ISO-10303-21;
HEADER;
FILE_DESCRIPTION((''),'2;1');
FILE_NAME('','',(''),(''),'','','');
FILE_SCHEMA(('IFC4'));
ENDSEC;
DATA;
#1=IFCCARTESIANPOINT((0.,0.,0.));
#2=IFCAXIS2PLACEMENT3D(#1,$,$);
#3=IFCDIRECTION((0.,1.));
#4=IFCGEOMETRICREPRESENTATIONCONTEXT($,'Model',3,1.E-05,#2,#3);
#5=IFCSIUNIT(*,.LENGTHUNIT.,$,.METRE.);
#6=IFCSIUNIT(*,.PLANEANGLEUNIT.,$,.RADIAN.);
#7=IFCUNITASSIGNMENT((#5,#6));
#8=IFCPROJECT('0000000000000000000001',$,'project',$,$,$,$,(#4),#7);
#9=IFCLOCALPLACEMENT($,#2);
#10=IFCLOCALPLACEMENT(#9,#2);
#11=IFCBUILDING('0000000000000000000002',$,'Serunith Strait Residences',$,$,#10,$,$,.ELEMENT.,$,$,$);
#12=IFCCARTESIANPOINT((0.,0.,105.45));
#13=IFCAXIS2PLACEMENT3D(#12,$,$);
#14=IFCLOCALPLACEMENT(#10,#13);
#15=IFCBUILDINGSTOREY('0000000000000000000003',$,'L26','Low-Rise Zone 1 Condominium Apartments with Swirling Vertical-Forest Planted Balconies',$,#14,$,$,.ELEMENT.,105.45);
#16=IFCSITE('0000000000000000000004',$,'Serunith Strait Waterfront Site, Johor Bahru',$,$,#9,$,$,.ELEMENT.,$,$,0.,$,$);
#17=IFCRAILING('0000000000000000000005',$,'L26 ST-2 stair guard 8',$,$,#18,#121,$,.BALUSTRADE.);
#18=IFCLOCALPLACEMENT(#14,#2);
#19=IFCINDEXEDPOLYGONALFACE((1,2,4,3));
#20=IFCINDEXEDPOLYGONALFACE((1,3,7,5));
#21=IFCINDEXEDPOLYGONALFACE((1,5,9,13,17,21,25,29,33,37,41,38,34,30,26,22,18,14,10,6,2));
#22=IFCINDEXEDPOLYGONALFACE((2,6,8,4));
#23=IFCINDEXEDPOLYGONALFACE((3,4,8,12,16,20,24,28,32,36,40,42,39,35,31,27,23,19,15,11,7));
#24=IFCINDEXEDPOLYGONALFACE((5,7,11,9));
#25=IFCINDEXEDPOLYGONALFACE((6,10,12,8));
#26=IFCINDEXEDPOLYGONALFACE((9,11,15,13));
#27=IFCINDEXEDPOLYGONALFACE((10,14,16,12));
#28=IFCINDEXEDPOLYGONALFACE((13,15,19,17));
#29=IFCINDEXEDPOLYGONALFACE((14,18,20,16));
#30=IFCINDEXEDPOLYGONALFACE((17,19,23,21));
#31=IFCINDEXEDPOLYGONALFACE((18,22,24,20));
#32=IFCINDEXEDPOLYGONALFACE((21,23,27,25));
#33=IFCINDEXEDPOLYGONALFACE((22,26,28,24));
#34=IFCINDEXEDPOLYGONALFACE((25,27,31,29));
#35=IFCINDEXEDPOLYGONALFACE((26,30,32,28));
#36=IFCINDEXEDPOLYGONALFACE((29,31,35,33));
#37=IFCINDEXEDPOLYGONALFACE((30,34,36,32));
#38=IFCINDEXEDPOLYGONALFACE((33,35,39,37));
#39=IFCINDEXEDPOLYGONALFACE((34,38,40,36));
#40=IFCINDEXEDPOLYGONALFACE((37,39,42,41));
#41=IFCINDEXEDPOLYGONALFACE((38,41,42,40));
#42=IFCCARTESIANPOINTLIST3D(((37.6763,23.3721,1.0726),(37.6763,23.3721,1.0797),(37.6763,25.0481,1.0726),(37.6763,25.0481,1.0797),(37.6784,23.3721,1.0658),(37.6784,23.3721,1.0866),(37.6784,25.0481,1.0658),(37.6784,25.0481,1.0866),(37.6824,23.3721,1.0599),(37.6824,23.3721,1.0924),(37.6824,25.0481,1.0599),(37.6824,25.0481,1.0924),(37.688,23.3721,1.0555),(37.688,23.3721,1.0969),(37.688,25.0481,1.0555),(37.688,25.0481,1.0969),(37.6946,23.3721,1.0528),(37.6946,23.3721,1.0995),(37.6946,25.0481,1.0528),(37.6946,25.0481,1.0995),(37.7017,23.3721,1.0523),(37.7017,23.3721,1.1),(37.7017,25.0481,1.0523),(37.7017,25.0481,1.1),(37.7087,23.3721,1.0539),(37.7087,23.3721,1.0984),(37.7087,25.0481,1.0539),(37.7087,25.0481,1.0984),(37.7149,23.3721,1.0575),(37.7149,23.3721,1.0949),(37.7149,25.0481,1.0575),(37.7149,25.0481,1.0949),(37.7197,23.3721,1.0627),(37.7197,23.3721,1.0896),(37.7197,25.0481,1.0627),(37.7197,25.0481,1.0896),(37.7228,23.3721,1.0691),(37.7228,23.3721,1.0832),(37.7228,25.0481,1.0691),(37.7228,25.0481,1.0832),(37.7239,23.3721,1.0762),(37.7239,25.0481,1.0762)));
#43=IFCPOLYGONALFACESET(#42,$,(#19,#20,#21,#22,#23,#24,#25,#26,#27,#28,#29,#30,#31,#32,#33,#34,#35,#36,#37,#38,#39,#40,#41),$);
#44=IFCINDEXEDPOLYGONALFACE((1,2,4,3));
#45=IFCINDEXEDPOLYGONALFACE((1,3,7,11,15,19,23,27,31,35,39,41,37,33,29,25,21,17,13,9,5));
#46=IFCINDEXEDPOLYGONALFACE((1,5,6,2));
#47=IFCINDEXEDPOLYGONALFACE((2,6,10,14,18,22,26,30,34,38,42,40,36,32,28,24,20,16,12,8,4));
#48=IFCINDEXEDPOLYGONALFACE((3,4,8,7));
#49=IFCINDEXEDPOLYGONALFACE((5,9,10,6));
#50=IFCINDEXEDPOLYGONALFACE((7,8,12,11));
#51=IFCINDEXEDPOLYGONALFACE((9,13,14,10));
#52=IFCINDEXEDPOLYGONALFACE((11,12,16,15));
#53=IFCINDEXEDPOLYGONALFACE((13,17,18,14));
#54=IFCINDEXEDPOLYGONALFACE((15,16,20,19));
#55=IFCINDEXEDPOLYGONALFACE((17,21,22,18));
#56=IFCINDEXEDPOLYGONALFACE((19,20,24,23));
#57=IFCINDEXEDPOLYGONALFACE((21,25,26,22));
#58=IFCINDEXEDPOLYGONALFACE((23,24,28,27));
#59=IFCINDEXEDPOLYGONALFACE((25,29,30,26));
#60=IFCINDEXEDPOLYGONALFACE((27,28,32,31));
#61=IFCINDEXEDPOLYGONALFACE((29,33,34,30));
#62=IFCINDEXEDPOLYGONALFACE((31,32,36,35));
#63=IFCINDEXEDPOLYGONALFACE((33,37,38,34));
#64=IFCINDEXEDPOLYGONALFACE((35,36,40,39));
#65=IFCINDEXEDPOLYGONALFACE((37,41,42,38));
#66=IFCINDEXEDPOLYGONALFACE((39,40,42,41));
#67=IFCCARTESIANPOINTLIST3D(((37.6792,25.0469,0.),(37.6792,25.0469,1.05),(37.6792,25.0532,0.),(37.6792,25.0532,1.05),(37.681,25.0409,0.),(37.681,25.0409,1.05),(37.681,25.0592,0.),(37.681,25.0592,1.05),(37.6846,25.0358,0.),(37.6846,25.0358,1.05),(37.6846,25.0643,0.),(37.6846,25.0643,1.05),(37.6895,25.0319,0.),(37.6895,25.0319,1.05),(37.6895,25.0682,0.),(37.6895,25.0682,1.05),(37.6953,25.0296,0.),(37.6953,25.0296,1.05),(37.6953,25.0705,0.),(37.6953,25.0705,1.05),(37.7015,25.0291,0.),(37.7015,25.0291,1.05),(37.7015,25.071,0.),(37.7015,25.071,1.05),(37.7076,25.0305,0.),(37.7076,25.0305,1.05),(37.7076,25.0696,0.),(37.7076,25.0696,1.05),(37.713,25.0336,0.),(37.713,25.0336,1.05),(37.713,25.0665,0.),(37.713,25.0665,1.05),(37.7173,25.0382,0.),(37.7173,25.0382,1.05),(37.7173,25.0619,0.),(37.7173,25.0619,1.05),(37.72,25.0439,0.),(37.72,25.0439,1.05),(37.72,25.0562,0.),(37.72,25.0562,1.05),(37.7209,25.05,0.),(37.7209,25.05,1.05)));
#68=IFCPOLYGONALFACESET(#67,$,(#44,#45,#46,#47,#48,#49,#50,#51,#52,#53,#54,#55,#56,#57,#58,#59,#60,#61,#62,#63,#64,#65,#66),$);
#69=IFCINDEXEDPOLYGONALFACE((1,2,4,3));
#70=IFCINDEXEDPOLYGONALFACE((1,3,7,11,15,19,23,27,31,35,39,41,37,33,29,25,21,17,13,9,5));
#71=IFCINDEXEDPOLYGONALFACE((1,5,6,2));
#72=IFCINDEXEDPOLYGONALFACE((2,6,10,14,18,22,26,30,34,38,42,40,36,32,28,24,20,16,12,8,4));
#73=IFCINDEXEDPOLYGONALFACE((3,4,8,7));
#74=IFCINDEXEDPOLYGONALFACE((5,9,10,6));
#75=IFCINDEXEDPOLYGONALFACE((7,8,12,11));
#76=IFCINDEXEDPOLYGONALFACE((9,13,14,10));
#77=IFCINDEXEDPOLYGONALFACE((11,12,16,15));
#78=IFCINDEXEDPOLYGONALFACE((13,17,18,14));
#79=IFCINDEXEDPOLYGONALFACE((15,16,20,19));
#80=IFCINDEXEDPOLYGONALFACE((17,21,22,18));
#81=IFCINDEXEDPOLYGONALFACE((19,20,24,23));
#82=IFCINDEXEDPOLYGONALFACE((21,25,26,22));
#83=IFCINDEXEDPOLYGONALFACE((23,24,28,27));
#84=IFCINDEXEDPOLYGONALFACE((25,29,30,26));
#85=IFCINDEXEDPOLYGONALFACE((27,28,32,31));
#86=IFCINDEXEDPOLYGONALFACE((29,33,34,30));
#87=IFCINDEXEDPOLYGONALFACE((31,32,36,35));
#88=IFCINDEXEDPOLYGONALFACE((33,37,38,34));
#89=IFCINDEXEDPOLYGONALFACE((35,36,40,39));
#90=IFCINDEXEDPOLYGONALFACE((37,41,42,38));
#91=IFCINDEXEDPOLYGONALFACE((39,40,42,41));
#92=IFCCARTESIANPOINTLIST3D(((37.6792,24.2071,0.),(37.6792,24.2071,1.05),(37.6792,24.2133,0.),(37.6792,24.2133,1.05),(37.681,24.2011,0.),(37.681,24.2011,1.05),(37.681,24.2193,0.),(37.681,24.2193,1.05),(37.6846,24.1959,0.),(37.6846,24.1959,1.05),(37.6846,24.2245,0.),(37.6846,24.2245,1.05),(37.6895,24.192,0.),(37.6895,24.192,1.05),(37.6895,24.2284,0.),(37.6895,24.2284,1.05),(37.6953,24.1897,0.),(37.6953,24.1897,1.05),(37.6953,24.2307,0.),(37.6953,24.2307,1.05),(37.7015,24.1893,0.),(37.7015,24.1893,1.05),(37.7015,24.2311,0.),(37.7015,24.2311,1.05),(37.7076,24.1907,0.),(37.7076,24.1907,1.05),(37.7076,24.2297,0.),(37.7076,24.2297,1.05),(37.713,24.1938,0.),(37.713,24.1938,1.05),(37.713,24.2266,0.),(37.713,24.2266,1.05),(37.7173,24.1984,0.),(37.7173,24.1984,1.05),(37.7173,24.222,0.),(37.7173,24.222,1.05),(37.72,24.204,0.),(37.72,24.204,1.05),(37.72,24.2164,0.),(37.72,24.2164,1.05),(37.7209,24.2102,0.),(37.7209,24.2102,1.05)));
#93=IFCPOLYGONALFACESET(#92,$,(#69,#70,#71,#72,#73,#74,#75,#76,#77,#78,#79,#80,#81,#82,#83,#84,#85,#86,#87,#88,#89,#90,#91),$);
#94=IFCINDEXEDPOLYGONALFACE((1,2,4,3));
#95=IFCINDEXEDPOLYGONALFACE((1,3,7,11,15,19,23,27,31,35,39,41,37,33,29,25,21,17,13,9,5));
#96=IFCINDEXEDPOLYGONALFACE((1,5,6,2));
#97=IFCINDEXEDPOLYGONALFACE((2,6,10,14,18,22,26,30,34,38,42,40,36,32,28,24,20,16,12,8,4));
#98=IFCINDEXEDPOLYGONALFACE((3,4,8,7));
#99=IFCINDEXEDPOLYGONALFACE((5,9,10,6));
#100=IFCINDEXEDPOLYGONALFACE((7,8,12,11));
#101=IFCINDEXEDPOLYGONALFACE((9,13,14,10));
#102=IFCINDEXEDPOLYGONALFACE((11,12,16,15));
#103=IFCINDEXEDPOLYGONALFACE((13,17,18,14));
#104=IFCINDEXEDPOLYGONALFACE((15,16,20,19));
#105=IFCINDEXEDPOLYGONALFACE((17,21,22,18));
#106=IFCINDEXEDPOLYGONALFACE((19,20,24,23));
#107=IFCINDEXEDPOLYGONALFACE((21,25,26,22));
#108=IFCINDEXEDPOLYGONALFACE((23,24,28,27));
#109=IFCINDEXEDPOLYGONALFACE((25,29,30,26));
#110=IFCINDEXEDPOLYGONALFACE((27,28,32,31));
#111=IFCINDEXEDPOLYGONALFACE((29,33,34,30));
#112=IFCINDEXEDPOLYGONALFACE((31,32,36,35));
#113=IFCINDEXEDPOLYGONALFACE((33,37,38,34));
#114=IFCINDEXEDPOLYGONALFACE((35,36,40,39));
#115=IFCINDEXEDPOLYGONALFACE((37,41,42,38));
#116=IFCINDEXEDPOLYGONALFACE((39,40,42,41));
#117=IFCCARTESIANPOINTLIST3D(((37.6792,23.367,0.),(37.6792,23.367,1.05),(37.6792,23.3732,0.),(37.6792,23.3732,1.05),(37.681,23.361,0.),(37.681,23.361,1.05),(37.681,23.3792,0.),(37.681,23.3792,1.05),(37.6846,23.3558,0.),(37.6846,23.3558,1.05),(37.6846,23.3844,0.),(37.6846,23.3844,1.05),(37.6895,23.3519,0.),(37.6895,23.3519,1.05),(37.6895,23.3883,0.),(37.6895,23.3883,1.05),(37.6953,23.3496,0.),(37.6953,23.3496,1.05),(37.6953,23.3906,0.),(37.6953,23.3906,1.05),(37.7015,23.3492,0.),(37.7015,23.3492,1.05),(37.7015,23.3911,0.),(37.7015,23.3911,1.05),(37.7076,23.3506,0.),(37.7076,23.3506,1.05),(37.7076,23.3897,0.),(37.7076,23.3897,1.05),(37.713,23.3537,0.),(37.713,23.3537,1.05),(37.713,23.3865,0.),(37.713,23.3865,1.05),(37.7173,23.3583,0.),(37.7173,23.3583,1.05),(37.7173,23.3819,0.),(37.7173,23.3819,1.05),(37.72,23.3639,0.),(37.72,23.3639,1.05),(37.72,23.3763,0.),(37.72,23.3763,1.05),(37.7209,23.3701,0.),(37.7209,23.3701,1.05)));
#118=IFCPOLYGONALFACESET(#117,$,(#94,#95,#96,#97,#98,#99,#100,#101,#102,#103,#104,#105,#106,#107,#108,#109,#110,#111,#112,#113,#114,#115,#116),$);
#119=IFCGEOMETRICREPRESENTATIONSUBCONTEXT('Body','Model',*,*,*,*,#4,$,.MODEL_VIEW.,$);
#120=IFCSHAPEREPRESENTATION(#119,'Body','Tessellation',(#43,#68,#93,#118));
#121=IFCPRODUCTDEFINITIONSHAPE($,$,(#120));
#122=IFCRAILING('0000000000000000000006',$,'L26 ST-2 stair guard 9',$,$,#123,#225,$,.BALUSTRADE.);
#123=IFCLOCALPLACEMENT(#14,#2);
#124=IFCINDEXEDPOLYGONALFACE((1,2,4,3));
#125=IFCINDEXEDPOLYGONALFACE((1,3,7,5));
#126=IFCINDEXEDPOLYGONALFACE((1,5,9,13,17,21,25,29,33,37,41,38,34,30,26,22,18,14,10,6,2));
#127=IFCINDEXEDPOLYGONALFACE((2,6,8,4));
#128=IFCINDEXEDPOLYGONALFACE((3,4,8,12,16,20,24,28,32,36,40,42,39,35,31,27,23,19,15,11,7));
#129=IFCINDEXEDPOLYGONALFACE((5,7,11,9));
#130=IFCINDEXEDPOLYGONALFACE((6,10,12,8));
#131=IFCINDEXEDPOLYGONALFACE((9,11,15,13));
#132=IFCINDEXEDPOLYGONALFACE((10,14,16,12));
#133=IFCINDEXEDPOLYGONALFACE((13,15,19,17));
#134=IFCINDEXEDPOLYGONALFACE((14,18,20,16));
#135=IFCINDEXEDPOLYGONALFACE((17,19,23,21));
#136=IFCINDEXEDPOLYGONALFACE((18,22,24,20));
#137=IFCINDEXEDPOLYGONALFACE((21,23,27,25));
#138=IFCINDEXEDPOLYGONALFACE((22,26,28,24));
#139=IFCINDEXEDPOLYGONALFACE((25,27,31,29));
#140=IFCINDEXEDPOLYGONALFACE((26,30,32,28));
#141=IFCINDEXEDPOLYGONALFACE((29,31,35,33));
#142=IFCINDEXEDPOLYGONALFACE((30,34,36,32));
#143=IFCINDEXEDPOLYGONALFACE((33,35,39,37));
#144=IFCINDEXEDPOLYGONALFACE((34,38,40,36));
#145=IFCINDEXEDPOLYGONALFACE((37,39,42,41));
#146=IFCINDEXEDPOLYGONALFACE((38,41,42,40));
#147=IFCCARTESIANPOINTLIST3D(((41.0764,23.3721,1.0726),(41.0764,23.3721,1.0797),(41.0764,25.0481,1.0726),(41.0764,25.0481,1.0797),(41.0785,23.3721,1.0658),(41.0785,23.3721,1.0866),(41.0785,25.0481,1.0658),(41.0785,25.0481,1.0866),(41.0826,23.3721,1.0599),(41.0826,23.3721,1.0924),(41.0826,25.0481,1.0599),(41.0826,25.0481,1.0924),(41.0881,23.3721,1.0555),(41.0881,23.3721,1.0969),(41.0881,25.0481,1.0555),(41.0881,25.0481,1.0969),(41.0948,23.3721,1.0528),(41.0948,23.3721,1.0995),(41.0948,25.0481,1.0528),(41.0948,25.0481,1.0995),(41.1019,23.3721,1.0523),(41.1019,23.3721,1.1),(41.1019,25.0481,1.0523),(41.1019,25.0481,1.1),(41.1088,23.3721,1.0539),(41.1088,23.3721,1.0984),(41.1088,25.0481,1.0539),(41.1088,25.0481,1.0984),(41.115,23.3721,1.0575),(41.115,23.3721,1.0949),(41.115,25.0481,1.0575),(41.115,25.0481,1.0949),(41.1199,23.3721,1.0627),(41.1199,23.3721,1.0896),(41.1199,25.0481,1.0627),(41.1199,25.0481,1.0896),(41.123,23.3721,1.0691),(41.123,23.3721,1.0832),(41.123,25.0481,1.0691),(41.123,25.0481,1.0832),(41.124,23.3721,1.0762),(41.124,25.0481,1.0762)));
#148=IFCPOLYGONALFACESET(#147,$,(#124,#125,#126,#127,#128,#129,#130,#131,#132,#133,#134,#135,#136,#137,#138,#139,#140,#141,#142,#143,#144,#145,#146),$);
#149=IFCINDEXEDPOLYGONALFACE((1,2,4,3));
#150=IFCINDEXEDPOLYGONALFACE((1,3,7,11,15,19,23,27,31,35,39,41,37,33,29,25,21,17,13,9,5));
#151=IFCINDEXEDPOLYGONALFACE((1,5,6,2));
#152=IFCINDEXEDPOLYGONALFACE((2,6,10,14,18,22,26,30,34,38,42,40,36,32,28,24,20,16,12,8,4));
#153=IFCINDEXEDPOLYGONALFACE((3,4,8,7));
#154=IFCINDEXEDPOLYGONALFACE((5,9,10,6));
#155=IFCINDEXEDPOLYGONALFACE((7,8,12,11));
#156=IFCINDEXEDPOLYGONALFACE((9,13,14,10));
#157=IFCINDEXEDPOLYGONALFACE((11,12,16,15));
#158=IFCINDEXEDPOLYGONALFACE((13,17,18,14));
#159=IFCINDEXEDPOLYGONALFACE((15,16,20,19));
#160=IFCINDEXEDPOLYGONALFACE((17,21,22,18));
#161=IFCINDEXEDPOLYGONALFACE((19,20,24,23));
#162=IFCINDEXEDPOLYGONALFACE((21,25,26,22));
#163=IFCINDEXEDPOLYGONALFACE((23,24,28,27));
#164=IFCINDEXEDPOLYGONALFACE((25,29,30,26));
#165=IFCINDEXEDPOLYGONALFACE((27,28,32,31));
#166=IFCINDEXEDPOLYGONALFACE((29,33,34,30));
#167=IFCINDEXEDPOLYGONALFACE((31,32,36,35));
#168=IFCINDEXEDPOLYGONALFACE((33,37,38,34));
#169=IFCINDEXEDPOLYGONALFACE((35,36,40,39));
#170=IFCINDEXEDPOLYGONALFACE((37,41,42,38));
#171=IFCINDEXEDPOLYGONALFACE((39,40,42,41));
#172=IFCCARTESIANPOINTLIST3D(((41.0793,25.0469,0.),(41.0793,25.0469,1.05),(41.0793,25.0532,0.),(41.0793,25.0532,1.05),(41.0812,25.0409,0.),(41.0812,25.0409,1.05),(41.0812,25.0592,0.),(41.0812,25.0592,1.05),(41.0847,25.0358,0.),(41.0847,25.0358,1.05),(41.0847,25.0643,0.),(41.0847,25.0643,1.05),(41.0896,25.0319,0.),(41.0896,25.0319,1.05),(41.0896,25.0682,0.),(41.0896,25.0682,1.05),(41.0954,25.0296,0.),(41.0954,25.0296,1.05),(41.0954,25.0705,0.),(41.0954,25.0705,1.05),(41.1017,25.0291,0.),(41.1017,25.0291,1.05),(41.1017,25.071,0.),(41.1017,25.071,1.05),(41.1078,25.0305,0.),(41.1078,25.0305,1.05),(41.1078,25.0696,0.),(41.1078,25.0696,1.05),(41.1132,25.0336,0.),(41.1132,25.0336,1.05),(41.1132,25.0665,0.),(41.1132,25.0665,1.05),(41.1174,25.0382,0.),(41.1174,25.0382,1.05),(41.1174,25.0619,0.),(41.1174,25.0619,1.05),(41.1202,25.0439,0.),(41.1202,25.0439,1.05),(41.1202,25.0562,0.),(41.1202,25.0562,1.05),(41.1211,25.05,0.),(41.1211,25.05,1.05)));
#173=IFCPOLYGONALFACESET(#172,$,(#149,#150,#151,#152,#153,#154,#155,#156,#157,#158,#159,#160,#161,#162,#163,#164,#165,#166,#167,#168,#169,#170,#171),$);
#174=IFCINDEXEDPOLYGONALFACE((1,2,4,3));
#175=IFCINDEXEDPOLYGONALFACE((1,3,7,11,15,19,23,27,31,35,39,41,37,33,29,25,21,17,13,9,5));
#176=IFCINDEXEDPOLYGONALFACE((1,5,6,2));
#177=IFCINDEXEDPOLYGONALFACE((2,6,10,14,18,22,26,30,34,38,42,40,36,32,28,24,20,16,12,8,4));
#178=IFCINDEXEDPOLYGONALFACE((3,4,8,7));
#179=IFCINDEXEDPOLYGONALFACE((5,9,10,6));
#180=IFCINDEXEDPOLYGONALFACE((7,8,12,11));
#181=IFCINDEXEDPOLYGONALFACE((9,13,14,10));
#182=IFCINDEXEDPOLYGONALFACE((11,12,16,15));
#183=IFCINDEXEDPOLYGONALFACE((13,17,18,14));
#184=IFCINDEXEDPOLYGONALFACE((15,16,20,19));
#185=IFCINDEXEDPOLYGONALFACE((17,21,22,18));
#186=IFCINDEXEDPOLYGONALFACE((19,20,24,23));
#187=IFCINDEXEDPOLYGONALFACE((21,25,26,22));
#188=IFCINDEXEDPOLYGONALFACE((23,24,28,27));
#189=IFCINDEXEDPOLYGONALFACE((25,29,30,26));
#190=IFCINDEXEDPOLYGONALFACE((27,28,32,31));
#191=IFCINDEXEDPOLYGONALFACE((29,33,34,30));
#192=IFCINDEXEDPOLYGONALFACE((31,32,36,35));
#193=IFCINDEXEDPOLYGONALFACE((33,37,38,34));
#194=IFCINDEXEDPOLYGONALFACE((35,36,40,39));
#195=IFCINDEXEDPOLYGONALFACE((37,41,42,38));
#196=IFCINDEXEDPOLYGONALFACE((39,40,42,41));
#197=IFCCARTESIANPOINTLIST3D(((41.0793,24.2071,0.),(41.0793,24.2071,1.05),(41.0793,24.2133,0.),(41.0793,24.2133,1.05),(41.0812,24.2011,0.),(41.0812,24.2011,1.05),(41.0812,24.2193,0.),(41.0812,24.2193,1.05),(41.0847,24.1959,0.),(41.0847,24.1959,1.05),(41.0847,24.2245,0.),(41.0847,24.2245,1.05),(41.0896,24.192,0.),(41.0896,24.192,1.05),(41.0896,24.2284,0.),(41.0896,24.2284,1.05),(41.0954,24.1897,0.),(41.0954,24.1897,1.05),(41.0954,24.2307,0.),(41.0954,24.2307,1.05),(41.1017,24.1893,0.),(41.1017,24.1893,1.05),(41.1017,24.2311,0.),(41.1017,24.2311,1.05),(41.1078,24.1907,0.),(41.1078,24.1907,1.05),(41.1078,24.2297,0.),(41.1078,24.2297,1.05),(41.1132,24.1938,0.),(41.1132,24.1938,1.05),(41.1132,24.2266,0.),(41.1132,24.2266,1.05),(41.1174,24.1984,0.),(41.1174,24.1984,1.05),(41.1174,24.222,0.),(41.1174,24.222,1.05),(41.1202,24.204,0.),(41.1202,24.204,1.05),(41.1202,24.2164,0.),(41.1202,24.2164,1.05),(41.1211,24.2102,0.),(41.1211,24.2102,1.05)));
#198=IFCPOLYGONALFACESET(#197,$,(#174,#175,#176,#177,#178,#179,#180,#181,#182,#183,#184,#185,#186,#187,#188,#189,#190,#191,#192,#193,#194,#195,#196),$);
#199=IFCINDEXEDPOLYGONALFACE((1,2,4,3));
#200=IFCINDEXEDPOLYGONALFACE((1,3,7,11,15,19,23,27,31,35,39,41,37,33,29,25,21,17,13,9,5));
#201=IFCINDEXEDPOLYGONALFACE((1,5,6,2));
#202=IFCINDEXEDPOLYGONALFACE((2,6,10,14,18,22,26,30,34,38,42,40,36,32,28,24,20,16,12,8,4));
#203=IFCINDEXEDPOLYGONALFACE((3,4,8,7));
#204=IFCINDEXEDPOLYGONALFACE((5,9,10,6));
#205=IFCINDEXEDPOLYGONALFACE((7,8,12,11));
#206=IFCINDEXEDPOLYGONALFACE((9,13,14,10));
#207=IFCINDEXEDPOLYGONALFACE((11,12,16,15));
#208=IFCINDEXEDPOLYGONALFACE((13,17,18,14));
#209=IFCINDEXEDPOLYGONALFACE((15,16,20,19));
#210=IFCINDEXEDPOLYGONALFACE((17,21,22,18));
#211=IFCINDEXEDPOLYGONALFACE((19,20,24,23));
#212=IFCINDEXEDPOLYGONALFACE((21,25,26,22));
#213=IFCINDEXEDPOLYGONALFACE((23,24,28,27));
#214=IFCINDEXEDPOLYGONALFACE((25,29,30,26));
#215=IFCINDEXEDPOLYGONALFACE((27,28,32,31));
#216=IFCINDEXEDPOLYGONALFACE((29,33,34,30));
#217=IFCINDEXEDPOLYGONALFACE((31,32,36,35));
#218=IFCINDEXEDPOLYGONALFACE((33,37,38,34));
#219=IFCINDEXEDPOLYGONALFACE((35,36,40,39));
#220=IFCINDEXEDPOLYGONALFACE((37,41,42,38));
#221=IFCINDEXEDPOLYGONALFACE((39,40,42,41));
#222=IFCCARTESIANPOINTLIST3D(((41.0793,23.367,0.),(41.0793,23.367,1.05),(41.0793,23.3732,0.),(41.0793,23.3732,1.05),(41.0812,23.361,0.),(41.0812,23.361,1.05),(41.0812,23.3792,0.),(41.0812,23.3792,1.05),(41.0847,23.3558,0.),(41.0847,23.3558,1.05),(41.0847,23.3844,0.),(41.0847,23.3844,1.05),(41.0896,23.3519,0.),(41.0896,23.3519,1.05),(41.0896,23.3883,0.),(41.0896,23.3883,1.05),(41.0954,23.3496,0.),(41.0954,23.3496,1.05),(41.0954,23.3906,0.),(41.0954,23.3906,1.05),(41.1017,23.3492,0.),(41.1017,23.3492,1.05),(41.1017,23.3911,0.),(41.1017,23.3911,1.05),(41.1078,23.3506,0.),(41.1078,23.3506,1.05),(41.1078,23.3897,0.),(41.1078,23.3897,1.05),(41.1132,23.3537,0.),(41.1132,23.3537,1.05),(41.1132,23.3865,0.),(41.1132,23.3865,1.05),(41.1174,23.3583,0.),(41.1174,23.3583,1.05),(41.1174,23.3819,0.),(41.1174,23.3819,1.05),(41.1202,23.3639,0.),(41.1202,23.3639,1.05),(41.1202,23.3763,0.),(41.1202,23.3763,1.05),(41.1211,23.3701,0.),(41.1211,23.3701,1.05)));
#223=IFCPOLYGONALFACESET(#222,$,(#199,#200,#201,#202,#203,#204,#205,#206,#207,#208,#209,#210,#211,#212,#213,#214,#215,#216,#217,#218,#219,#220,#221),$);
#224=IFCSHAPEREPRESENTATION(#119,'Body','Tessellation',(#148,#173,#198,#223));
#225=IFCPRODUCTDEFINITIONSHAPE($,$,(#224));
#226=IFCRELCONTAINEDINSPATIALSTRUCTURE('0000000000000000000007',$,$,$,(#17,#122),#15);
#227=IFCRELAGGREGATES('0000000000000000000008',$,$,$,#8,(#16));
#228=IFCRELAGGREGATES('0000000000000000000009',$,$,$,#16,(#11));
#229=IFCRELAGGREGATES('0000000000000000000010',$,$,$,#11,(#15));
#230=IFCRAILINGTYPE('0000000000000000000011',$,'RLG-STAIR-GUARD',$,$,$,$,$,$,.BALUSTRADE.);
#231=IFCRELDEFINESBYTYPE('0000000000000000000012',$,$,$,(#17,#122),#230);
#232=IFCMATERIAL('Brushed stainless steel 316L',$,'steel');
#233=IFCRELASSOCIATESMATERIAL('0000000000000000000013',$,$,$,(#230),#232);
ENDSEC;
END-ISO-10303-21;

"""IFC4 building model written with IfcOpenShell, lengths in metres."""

from ifc_helpers import new_model, si_unit, direction, frame, origin, origin_2d, place, context, subcontext, project, spatial, circle, extrude, material, type_object, element, save


model = new_model("IFC4")

# Units and contexts
model_context = context("Model", 3, precision=1e-05, world=origin(), true_north=direction((0.0, 1.0)))
body_context = subcontext(model_context, "Body", "Model", "MODEL_VIEW")
ifc_project = project(units=[si_unit("LENGTHUNIT", "METRE"), si_unit("PLANEANGLEUNIT", "RADIAN")], contexts=[model_context])

# Site, building, storey
site_placement = place(None, origin())
site = spatial("IfcSite", under=ifc_project, at=site_placement, Name="Serunith Strait Waterfront Site, Johor Bahru", CompositionType="ELEMENT", RefElevation=0.0)
building_placement = place(site_placement, origin())
building = spatial("IfcBuilding", under=site, at=building_placement, Name="Serunith Strait Residences", CompositionType="ELEMENT")
storey_placement = place(building_placement, frame((0.0, 0.0, 105.45)))
storey = spatial("IfcBuildingStorey", under=building, at=storey_placement, Name="L26", Description="Low-Rise Zone 1 Condominium Apartments with Swirling Vertical-Forest Planted Balconies", CompositionType="ELEMENT", Elevation=105.45)

# Railings
ifc_material_1 = material(Name="Brushed stainless steel 316L", Category="steel")
railing_type = type_object("IfcRailingType", Name="RLG-STAIR-GUARD", PredefinedType="BALUSTRADE", material=ifc_material_1)
for number, where, name in (
    (1, (37.7, 25.05, 0.0), "L26 ST-2 stair guard 8"),
    (2, (41.1001, 25.05, 0.0), "L26 ST-2 stair guard 9"),
):
    element("IfcRailing", number, at=place(storey_placement, frame(where)), inside=storey, type_object=railing_type, Name=name, PredefinedType="BALUSTRADE", context=body_context, shape_type="SweptSolid", body=[
        extrude(circle(Radius=0.0239, at=origin_2d()), frame((0.0, -0.002, 1.0762), z_axis=(0.0, -1.0, 0.0), x_axis=(1.0, 0.0, 0.0)), (0.0, 0.0, 1.0), 1.676),
        extrude(circle(Radius=0.021, at=origin_2d()), origin(), (0.0, 0.0, 1.0), 1.05),
        extrude(circle(Radius=0.021, at=origin_2d()), frame((0.0, -0.8398, 0.0)), (0.0, 0.0, 1.0), 1.05),
        extrude(circle(Radius=0.021, at=origin_2d()), frame((0.0, -1.6799, 0.0)), (0.0, 0.0, 1.0), 1.05),
    ])

save(model, "model.ifc")
